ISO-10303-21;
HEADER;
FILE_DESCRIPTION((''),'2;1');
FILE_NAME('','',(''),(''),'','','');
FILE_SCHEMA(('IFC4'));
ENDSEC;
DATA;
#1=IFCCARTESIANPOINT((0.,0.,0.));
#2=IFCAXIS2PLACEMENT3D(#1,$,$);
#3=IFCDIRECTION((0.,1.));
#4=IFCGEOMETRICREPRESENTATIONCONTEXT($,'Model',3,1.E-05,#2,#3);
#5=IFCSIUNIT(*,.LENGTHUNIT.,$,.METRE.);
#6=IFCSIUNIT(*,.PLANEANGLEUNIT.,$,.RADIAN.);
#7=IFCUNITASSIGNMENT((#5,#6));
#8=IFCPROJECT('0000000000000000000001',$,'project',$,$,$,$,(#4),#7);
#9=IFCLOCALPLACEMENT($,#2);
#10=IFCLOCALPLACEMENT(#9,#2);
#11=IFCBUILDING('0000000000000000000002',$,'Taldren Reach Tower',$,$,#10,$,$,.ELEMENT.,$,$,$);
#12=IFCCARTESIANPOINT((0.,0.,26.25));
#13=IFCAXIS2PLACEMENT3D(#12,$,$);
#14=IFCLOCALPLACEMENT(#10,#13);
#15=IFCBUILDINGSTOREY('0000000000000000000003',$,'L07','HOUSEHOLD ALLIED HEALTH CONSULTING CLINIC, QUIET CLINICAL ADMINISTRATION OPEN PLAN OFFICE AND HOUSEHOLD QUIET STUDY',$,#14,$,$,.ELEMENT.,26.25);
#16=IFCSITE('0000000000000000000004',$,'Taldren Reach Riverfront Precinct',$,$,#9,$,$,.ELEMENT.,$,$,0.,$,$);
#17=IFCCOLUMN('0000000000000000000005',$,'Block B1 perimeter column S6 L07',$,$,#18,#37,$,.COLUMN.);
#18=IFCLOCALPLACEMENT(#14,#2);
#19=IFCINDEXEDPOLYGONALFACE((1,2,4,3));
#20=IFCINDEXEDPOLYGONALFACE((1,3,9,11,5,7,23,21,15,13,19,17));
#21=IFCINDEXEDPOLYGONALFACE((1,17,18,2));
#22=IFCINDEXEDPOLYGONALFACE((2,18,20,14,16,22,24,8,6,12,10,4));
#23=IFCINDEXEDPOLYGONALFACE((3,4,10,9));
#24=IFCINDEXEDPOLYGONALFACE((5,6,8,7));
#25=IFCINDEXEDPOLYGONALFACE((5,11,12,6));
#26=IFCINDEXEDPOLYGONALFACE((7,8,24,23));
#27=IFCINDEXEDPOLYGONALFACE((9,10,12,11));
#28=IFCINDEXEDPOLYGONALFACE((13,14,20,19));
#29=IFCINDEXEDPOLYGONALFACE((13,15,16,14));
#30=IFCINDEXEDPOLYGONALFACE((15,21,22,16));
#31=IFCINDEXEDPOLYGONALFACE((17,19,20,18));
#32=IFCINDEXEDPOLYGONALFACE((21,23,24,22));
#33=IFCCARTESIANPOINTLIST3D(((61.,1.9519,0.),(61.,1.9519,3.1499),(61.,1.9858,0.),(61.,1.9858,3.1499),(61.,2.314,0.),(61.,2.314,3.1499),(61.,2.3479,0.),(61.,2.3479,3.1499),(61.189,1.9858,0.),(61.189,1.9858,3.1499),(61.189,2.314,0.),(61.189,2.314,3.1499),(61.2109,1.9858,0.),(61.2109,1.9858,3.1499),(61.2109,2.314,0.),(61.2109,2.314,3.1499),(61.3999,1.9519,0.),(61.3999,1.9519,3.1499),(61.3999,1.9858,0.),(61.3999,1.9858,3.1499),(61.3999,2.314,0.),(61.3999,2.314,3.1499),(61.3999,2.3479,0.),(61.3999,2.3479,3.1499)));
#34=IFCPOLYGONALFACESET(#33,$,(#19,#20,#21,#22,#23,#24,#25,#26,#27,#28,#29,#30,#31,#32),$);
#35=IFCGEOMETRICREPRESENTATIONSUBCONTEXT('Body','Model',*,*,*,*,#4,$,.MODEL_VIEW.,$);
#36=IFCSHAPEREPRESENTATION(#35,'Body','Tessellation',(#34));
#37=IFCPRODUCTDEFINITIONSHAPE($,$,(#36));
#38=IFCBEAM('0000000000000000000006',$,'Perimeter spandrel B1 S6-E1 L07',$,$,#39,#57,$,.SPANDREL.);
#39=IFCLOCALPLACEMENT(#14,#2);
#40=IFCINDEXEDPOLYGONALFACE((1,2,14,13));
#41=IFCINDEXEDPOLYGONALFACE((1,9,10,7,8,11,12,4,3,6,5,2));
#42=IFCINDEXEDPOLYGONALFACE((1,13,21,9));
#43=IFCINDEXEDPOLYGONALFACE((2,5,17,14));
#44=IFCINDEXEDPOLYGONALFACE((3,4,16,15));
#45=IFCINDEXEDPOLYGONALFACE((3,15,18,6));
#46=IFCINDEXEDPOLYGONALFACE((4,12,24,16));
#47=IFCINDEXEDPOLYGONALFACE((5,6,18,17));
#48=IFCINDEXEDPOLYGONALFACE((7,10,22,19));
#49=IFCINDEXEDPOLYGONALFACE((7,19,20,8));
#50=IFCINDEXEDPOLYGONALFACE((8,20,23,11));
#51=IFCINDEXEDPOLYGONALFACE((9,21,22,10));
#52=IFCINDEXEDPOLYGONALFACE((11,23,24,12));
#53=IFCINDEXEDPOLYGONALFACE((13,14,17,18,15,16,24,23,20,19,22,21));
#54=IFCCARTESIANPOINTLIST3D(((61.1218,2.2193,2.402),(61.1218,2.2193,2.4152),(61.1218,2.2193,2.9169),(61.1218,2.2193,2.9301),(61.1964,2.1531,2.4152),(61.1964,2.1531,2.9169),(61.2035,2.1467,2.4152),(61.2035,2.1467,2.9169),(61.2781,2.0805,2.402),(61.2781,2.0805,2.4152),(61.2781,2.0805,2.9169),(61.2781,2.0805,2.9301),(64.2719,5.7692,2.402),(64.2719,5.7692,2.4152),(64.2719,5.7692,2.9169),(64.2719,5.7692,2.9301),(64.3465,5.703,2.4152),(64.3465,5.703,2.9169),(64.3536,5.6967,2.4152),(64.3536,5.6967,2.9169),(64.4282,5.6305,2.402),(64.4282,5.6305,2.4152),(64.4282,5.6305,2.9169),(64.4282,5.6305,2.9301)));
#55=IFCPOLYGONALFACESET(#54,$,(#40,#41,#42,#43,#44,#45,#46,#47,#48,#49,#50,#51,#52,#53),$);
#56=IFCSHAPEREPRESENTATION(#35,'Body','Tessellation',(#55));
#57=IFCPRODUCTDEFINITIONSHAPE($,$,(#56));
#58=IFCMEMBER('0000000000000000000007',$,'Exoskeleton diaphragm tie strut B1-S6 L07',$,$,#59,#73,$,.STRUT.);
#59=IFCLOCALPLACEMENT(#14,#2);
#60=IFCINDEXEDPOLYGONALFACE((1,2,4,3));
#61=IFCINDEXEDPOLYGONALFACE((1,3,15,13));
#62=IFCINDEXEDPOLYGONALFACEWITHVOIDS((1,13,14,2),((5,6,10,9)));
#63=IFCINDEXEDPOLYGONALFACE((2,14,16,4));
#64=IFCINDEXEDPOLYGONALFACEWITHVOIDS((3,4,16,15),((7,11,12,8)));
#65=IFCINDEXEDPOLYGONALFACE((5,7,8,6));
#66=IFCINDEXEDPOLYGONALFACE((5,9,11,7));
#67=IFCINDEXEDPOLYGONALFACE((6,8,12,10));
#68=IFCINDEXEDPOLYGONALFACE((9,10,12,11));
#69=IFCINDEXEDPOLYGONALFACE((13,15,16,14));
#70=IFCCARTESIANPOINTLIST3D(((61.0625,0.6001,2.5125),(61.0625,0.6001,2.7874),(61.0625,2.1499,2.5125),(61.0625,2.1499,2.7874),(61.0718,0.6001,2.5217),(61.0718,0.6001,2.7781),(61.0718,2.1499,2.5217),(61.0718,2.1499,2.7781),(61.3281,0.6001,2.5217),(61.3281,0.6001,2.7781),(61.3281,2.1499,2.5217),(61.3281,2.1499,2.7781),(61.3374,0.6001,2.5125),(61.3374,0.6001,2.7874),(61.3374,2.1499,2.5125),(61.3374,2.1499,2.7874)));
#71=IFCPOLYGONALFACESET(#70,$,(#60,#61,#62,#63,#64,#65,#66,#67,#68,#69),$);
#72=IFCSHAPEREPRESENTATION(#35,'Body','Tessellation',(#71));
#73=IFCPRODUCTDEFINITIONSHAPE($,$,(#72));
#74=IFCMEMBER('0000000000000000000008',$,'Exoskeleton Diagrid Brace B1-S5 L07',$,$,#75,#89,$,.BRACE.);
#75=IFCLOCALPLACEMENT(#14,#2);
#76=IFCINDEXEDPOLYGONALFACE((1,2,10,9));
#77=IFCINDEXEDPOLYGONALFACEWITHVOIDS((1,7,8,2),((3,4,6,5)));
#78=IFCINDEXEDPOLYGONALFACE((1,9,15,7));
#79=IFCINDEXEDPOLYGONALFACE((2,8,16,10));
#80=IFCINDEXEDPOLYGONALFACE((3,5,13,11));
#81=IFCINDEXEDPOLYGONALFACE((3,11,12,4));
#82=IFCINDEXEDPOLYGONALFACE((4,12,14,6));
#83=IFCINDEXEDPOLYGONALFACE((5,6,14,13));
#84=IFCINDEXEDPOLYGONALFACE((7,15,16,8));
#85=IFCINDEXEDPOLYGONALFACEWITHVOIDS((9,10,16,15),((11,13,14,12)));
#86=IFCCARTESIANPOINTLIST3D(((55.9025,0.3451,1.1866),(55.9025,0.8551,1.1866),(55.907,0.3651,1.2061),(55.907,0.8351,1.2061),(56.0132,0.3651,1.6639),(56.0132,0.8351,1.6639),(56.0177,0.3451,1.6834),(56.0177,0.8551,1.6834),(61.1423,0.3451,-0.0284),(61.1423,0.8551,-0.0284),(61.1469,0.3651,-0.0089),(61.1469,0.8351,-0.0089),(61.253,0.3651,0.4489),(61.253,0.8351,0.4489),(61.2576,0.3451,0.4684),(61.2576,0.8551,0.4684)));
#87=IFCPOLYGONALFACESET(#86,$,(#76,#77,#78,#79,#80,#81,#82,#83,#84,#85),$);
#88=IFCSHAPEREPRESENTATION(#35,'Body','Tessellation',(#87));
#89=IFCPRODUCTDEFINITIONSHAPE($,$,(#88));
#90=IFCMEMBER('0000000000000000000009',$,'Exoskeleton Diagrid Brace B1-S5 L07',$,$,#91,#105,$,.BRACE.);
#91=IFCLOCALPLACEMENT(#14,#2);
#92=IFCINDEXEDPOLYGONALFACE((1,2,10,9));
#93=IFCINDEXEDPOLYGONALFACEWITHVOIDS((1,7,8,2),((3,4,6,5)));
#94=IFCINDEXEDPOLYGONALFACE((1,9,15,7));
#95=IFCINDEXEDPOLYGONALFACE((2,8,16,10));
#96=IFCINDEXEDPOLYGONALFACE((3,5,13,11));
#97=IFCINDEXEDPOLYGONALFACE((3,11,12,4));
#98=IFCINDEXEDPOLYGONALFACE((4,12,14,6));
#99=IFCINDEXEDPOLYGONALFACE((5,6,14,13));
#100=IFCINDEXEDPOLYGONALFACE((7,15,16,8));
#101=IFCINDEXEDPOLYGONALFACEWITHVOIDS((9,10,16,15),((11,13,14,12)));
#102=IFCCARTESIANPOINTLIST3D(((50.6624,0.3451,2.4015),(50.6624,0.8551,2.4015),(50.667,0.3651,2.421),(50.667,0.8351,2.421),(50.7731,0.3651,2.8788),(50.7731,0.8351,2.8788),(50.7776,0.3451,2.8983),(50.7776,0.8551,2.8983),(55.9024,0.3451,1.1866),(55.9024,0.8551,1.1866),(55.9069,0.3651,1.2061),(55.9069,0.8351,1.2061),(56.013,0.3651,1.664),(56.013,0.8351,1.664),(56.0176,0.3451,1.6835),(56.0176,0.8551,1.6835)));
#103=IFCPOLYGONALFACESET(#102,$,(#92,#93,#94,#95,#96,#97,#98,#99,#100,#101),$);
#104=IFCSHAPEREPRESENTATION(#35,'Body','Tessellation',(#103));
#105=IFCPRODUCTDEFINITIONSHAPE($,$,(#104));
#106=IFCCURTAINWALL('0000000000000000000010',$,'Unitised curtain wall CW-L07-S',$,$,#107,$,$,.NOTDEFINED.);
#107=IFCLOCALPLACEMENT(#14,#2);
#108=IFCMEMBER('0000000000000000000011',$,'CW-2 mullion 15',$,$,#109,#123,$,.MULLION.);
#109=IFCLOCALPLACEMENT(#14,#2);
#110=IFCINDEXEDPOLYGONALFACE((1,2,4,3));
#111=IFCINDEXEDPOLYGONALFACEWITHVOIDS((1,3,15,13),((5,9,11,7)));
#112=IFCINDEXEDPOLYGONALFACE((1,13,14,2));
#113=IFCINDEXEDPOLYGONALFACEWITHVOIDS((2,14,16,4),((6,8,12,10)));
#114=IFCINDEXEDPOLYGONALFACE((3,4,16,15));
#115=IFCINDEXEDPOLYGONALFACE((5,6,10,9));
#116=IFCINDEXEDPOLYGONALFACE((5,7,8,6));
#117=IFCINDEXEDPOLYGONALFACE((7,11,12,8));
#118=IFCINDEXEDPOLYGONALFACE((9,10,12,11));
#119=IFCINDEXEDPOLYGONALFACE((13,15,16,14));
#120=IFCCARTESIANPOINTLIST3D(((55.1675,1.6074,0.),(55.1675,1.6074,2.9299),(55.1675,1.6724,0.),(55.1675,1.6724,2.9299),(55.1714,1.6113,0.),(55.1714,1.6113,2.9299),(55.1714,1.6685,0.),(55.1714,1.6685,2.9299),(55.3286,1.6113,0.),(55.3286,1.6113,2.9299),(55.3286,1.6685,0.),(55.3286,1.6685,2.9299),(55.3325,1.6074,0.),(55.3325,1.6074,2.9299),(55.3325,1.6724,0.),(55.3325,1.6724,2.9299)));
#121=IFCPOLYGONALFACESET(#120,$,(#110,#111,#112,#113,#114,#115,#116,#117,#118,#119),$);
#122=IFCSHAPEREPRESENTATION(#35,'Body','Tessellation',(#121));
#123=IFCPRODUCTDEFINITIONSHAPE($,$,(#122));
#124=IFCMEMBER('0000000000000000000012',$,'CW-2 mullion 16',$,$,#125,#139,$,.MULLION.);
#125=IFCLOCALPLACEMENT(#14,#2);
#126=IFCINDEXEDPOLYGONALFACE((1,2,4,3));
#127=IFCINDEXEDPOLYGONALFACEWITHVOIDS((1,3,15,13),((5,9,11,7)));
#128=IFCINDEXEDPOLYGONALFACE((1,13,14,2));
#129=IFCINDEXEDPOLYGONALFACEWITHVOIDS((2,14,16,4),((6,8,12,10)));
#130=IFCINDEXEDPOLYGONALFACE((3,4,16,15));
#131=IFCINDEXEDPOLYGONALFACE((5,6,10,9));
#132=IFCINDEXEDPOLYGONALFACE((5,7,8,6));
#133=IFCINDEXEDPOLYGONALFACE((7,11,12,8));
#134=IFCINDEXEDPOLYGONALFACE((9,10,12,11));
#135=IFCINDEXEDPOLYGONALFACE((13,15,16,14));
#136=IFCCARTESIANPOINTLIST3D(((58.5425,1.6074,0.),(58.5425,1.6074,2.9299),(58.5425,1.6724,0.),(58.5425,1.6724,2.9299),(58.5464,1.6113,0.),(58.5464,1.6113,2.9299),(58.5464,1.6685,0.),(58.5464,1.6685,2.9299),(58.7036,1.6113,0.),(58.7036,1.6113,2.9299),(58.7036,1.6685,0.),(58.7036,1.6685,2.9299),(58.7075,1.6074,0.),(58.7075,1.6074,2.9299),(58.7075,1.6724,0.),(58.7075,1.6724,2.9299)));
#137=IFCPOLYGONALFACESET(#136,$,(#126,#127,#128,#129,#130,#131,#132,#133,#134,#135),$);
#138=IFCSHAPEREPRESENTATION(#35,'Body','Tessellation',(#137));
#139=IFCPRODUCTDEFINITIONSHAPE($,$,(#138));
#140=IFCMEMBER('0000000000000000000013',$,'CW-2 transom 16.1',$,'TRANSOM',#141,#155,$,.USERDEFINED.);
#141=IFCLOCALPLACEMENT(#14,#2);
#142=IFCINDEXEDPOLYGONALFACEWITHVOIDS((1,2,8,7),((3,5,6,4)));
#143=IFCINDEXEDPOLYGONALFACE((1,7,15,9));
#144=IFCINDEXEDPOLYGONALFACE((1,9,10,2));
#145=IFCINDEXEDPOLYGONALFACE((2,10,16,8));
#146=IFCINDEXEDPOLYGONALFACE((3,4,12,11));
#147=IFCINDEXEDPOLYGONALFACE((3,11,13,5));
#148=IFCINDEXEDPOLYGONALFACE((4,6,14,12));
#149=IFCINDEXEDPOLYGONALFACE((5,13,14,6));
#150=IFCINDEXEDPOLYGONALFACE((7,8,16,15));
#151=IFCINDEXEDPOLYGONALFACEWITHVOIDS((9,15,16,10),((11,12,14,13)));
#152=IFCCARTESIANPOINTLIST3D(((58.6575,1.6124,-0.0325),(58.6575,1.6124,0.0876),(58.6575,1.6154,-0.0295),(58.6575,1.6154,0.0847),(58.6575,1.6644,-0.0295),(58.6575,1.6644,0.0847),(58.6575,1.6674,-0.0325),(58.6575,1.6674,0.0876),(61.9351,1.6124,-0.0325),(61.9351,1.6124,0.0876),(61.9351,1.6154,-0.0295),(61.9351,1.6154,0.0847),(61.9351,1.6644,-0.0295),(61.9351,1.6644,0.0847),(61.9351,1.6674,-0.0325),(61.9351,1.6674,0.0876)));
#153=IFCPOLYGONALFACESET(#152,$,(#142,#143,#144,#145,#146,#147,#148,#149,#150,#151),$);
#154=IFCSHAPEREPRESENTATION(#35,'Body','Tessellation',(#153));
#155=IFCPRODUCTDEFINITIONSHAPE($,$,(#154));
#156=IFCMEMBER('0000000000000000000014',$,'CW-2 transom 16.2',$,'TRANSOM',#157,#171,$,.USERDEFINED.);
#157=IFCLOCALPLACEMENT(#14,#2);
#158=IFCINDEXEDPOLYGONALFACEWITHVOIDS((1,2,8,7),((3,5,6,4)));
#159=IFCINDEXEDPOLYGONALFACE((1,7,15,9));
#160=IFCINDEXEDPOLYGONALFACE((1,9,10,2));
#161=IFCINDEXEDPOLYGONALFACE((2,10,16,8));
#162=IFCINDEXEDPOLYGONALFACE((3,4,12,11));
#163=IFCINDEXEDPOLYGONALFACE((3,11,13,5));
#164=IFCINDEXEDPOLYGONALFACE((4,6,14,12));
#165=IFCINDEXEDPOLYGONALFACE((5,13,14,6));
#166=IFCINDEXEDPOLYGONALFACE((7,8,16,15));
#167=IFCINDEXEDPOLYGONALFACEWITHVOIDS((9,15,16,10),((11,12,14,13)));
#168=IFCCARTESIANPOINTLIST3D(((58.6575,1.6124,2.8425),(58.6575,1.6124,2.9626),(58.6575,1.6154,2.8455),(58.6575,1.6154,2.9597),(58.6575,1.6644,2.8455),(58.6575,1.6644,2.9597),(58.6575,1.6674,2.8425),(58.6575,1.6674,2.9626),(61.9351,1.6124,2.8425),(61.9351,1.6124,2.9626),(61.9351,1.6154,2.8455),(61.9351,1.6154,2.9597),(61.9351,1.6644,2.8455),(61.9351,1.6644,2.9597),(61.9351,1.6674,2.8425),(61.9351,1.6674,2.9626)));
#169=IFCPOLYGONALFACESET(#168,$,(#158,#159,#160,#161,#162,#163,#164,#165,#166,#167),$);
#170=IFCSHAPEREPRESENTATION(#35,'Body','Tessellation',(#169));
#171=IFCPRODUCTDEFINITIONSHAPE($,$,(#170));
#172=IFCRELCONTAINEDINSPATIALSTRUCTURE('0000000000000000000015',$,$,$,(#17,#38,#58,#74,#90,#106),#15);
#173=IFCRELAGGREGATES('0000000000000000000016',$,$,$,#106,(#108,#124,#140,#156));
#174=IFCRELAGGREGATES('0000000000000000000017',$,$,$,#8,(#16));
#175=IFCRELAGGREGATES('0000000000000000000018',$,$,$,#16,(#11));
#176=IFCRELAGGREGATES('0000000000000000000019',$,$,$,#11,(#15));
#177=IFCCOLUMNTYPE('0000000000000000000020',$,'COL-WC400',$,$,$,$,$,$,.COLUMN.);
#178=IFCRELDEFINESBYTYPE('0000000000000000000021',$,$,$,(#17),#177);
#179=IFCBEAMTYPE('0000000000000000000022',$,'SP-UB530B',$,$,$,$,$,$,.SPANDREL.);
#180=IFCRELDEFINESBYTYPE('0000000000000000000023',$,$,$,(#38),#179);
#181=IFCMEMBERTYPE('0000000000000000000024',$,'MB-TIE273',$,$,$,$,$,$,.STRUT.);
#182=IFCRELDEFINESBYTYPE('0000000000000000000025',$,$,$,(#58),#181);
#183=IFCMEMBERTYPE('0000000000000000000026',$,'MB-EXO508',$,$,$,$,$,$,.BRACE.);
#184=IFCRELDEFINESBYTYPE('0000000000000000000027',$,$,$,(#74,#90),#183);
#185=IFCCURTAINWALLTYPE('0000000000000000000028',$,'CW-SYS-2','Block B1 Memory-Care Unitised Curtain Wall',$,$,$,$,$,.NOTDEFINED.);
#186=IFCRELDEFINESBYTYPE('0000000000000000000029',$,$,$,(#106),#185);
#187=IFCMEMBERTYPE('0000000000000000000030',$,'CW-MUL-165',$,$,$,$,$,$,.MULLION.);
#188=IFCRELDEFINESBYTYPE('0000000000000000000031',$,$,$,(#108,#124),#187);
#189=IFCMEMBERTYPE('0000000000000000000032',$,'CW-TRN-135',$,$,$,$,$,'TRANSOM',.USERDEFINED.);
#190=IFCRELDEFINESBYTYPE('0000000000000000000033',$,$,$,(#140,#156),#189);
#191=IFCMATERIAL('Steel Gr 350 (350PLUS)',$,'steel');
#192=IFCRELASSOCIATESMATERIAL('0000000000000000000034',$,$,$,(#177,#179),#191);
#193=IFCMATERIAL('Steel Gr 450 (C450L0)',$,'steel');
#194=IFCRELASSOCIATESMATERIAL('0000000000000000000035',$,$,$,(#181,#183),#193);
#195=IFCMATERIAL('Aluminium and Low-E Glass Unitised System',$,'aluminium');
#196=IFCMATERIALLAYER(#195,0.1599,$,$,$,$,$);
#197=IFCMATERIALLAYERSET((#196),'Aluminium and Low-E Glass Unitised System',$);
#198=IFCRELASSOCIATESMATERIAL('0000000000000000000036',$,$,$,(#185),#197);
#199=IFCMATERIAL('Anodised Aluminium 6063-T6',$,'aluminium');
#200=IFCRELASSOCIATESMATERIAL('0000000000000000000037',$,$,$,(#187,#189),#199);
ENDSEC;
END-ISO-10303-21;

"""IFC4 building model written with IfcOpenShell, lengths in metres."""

from ifc_helpers import new_model, si_unit, direction, frame, origin, origin_2d, place, context, subcontext, project, spatial, hollow_rectangle, i_section, extrude, source, transform, mapped, material, layer, layer_set, material_profile, profile_set, type_object, element, aggregate, save


model = new_model("IFC4")

# Units and contexts
model_context = context("Model", 3, precision=1e-05, world=origin(), true_north=direction((0.0, 1.0)))
body_context = subcontext(model_context, "Body", "Model", "MODEL_VIEW")
ifc_project = project(units=[si_unit("LENGTHUNIT", "METRE"), si_unit("PLANEANGLEUNIT", "RADIAN")], contexts=[model_context])

# Site, building, storey
site_placement = place(None, origin())
site = spatial("IfcSite", under=ifc_project, at=site_placement, Name="Taldren Reach Riverfront Precinct", CompositionType="ELEMENT", RefElevation=0.0)
building_placement = place(site_placement, origin())
building = spatial("IfcBuilding", under=site, at=building_placement, Name="Taldren Reach Tower", CompositionType="ELEMENT")
storey_placement = place(building_placement, frame((0.0, 0.0, 26.25)))
storey = spatial("IfcBuildingStorey", under=building, at=storey_placement, Name="L07", Description="HOUSEHOLD ALLIED HEALTH CONSULTING CLINIC, QUIET CLINICAL ADMINISTRATION OPEN PLAN OFFICE AND HOUSEHOLD QUIET STUDY", CompositionType="ELEMENT", Elevation=26.25)

# Column
ifc_material_1 = material(Name="Steel Gr 350 (350PLUS)", Category="steel")
ifc_material_profile_1 = material_profile(ifc_material_1, i_section(OverallWidth=0.3999, OverallDepth=0.396, WebThickness=0.022, FlangeThickness=0.0339, at=origin_2d()), Name="400WC270")
ifc_profile_set_1 = profile_set([ifc_material_profile_1], Name="Steel Gr 350 (350PLUS)")
column_type = type_object("IfcColumnType", Name="COL-WC400", PredefinedType="COLUMN", material=ifc_profile_set_1)
shared_shape_1 = source(origin(), body_context, "Body", "SweptSolid", [
    extrude(i_section(OverallWidth=0.3999, OverallDepth=0.396, WebThickness=0.022, FlangeThickness=0.0339, at=origin_2d()), origin(), (0.0, 0.0, 1.0), 3.1499),
])
column_placement = place(storey_placement, frame((61.2, 2.1499, 0.0), z_axis=(0.0, 0.0, 1.0), x_axis=(1.0, 0.0, 0.0)))
element("IfcColumn", 1, at=column_placement, inside=storey, type_object=column_type, Name="Block B1 perimeter column S6 L07", PredefinedType="COLUMN", context=body_context, shape_type="MappedRepresentation", body=[
    mapped(shared_shape_1, transform((0.0, 0.0, 0.0), scale=1.0)),
])

# Beam
ifc_material_profile_2 = material_profile(ifc_material_1, i_section(OverallWidth=0.209, OverallDepth=0.5281, WebThickness=0.0095, FlangeThickness=0.0132, at=origin_2d()), Name="530UB82.0")
ifc_profile_set_2 = profile_set([ifc_material_profile_2], Name="Steel Gr 350 (350PLUS)")
beam_type = type_object("IfcBeamType", Name="SP-UB530B", PredefinedType="SPANDREL", material=ifc_profile_set_2)
shared_shape_2 = source(origin(), body_context, "Body", "SweptSolid", [
    extrude(i_section(OverallWidth=0.209, OverallDepth=0.5281, WebThickness=0.0095, FlangeThickness=0.0132, at=origin_2d()), origin(), (0.0, 0.0, 1.0), 4.7461),
])
beam_placement = place(storey_placement, frame((61.2, 2.1499, 2.666), z_axis=(0.663722, 0.747979, 0.0), x_axis=(-0.747979, 0.663722, 0.0)))
element("IfcBeam", 2, at=beam_placement, inside=storey, type_object=beam_type, Name="Perimeter spandrel B1 S6-E1 L07", PredefinedType="SPANDREL", context=body_context, shape_type="MappedRepresentation", body=[
    mapped(shared_shape_2, transform((0.0, 0.0, 0.0), scale=1.0)),
])

# Members
ifc_material_2 = material(Name="Steel Gr 450 (C450L0)", Category="steel")
ifc_material_profile_3 = material_profile(ifc_material_2, hollow_rectangle(XDim=0.2749, YDim=0.2749, WallThickness=0.0093, at=origin_2d()), Name="275x275x9.3SHS")
ifc_profile_set_3 = profile_set([ifc_material_profile_3], Name="Steel Gr 450 (C450L0)")
member_type_1 = type_object("IfcMemberType", Name="MB-TIE273", PredefinedType="STRUT", material=ifc_profile_set_3)
shared_shape_3 = source(origin(), body_context, "Body", "SweptSolid", [
    extrude(hollow_rectangle(XDim=0.2749, YDim=0.2749, WallThickness=0.0093, at=origin_2d()), origin(), (0.0, 0.0, 1.0), 1.5498),
])
member_1_placement = place(storey_placement, frame((61.2, 2.1499, 2.6499), z_axis=(0.0, -1.0, 0.0), x_axis=(1.0, 0.0, 0.0)))
element("IfcMember", 3, at=member_1_placement, inside=storey, type_object=member_type_1, Name="Exoskeleton diaphragm tie strut B1-S6 L07", PredefinedType="STRUT", context=body_context, shape_type="MappedRepresentation", body=[
    mapped(shared_shape_3, transform((0.0, 0.0, 0.0), scale=1.0)),
])
ifc_material_profile_4 = material_profile(ifc_material_2, hollow_rectangle(XDim=0.51, YDim=0.51, WallThickness=0.02, at=origin_2d()), Name="510x510x20.0SHS")
ifc_profile_set_4 = profile_set([ifc_material_profile_4], Name="Steel Gr 450 (C450L0)")
member_type_2 = type_object("IfcMemberType", Name="MB-EXO508", PredefinedType="BRACE", material=ifc_profile_set_4)
shared_shape_4 = source(origin(), body_context, "Body", "SweptSolid", [
    extrude(hollow_rectangle(XDim=0.51, YDim=0.51, WallThickness=0.02, at=origin_2d()), origin(), (0.0, 0.0, 1.0), 5.3789),
])
for number, where, z_axis, x_axis, name in (
    (4, (61.2, 0.6001, 0.22), (-0.974152, 0.0, 0.225894), (0.0, -1.0, 0.0), "Exoskeleton Diagrid Brace B1-S5 L07"),
    (5, (55.96, 0.6001, 1.4351), (-0.974162, 0.0, 0.225851), (0.0, -1.0, 0.0), "Exoskeleton Diagrid Brace B1-S5 L07"),
):
    element("IfcMember", number, at=place(storey_placement, frame(where, z_axis=z_axis, x_axis=x_axis)), inside=storey, type_object=member_type_2, Name=name, PredefinedType="BRACE", context=body_context, shape_type="MappedRepresentation", body=[
        mapped(shared_shape_4, transform((0.0, 0.0, 0.0), scale=1.0)),
    ])

# Curtain wall, members
ifc_material_3 = material(Name="Aluminium and Low-E Glass Unitised System", Category="aluminium")
ifc_layer_1 = layer(ifc_material_3, 0.1599)
ifc_layer_set_1 = layer_set([ifc_layer_1], Name="Aluminium and Low-E Glass Unitised System")
curtain_wall_type = type_object("IfcCurtainWallType", Name="CW-SYS-2", Description="Block B1 Memory-Care Unitised Curtain Wall", PredefinedType="NOTDEFINED", material=ifc_layer_set_1)
curtain_wall_placement = place(storey_placement, origin())
curtain_wall = element("IfcCurtainWall", 6, at=curtain_wall_placement, inside=storey, type_object=curtain_wall_type, Name="Unitised curtain wall CW-L07-S", PredefinedType="NOTDEFINED")
ifc_material_4 = material(Name="Anodised Aluminium 6063-T6", Category="aluminium")
ifc_material_profile_5 = material_profile(ifc_material_4, hollow_rectangle(XDim=0.0649, YDim=0.165, WallThickness=0.0039, at=origin_2d()), Name="ALU-165x65x4RHS")
ifc_profile_set_5 = profile_set([ifc_material_profile_5], Name="Anodised Aluminium 6063-T6")
member_type_3 = type_object("IfcMemberType", Name="CW-MUL-165", PredefinedType="MULLION", material=ifc_profile_set_5)
shared_shape_5 = source(origin(), body_context, "Body", "SweptSolid", [
    extrude(hollow_rectangle(XDim=0.0649, YDim=0.165, WallThickness=0.0039, at=origin_2d()), origin(), (0.0, 0.0, 1.0), 2.9299),
])
member_2_placement = place(storey_placement, frame((55.25, 1.6399, 0.0), z_axis=(0.0, 0.0, 1.0), x_axis=(0.0, 1.0, 0.0)))
member_2 = element("IfcMember", 7, at=member_2_placement, type_object=member_type_3, Name="CW-2 mullion 15", PredefinedType="MULLION", context=body_context, shape_type="MappedRepresentation", body=[
    mapped(shared_shape_5, transform((0.0, 0.0, 0.0), scale=1.0)),
])
member_3_placement = place(storey_placement, frame((58.625, 1.6399, 0.0), z_axis=(0.0, 0.0, 1.0), x_axis=(0.0, 1.0, 0.0)))
member_3 = element("IfcMember", 8, at=member_3_placement, type_object=member_type_3, Name="CW-2 mullion 16", PredefinedType="MULLION", context=body_context, shape_type="MappedRepresentation", body=[
    mapped(shared_shape_5, transform((0.0, 0.0, 0.0), scale=1.0)),
])
ifc_material_profile_6 = material_profile(ifc_material_4, hollow_rectangle(XDim=0.0549, YDim=0.1201, WallThickness=0.0029, at=origin_2d()), Name="ALU-120x55x3RHS")
ifc_profile_set_6 = profile_set([ifc_material_profile_6], Name="Anodised Aluminium 6063-T6")
member_type_4 = type_object("IfcMemberType", Name="CW-TRN-135", ElementType="TRANSOM", PredefinedType="USERDEFINED", material=ifc_profile_set_6)
shared_shape_6 = source(origin(), body_context, "Body", "SweptSolid", [
    extrude(hollow_rectangle(XDim=0.0549, YDim=0.1201, WallThickness=0.0029, at=origin_2d()), origin(), (0.0, 0.0, 1.0), 3.2776),
])
member_4_placement = place(storey_placement, frame((58.6575, 1.6399, 0.0276), z_axis=(1.0, 0.0, 0.0), x_axis=(0.0, 1.0, 0.0)))
member_4 = element("IfcMember", 9, at=member_4_placement, type_object=member_type_4, Name="CW-2 transom 16.1", ObjectType="TRANSOM", PredefinedType="USERDEFINED", context=body_context, shape_type="MappedRepresentation", body=[
    mapped(shared_shape_6, transform((0.0, 0.0, 0.0), scale=1.0)),
])
member_5_placement = place(storey_placement, frame((58.6575, 1.6399, 2.9026), z_axis=(1.0, 0.0, 0.0), x_axis=(0.0, 1.0, 0.0)))
member_5 = element("IfcMember", 10, at=member_5_placement, type_object=member_type_4, Name="CW-2 transom 16.2", ObjectType="TRANSOM", PredefinedType="USERDEFINED", context=body_context, shape_type="MappedRepresentation", body=[
    mapped(shared_shape_6, transform((0.0, 0.0, 0.0), scale=1.0)),
])

aggregate(curtain_wall, [member_2, member_3, member_4, member_5])

save(model, "model.ifc")
